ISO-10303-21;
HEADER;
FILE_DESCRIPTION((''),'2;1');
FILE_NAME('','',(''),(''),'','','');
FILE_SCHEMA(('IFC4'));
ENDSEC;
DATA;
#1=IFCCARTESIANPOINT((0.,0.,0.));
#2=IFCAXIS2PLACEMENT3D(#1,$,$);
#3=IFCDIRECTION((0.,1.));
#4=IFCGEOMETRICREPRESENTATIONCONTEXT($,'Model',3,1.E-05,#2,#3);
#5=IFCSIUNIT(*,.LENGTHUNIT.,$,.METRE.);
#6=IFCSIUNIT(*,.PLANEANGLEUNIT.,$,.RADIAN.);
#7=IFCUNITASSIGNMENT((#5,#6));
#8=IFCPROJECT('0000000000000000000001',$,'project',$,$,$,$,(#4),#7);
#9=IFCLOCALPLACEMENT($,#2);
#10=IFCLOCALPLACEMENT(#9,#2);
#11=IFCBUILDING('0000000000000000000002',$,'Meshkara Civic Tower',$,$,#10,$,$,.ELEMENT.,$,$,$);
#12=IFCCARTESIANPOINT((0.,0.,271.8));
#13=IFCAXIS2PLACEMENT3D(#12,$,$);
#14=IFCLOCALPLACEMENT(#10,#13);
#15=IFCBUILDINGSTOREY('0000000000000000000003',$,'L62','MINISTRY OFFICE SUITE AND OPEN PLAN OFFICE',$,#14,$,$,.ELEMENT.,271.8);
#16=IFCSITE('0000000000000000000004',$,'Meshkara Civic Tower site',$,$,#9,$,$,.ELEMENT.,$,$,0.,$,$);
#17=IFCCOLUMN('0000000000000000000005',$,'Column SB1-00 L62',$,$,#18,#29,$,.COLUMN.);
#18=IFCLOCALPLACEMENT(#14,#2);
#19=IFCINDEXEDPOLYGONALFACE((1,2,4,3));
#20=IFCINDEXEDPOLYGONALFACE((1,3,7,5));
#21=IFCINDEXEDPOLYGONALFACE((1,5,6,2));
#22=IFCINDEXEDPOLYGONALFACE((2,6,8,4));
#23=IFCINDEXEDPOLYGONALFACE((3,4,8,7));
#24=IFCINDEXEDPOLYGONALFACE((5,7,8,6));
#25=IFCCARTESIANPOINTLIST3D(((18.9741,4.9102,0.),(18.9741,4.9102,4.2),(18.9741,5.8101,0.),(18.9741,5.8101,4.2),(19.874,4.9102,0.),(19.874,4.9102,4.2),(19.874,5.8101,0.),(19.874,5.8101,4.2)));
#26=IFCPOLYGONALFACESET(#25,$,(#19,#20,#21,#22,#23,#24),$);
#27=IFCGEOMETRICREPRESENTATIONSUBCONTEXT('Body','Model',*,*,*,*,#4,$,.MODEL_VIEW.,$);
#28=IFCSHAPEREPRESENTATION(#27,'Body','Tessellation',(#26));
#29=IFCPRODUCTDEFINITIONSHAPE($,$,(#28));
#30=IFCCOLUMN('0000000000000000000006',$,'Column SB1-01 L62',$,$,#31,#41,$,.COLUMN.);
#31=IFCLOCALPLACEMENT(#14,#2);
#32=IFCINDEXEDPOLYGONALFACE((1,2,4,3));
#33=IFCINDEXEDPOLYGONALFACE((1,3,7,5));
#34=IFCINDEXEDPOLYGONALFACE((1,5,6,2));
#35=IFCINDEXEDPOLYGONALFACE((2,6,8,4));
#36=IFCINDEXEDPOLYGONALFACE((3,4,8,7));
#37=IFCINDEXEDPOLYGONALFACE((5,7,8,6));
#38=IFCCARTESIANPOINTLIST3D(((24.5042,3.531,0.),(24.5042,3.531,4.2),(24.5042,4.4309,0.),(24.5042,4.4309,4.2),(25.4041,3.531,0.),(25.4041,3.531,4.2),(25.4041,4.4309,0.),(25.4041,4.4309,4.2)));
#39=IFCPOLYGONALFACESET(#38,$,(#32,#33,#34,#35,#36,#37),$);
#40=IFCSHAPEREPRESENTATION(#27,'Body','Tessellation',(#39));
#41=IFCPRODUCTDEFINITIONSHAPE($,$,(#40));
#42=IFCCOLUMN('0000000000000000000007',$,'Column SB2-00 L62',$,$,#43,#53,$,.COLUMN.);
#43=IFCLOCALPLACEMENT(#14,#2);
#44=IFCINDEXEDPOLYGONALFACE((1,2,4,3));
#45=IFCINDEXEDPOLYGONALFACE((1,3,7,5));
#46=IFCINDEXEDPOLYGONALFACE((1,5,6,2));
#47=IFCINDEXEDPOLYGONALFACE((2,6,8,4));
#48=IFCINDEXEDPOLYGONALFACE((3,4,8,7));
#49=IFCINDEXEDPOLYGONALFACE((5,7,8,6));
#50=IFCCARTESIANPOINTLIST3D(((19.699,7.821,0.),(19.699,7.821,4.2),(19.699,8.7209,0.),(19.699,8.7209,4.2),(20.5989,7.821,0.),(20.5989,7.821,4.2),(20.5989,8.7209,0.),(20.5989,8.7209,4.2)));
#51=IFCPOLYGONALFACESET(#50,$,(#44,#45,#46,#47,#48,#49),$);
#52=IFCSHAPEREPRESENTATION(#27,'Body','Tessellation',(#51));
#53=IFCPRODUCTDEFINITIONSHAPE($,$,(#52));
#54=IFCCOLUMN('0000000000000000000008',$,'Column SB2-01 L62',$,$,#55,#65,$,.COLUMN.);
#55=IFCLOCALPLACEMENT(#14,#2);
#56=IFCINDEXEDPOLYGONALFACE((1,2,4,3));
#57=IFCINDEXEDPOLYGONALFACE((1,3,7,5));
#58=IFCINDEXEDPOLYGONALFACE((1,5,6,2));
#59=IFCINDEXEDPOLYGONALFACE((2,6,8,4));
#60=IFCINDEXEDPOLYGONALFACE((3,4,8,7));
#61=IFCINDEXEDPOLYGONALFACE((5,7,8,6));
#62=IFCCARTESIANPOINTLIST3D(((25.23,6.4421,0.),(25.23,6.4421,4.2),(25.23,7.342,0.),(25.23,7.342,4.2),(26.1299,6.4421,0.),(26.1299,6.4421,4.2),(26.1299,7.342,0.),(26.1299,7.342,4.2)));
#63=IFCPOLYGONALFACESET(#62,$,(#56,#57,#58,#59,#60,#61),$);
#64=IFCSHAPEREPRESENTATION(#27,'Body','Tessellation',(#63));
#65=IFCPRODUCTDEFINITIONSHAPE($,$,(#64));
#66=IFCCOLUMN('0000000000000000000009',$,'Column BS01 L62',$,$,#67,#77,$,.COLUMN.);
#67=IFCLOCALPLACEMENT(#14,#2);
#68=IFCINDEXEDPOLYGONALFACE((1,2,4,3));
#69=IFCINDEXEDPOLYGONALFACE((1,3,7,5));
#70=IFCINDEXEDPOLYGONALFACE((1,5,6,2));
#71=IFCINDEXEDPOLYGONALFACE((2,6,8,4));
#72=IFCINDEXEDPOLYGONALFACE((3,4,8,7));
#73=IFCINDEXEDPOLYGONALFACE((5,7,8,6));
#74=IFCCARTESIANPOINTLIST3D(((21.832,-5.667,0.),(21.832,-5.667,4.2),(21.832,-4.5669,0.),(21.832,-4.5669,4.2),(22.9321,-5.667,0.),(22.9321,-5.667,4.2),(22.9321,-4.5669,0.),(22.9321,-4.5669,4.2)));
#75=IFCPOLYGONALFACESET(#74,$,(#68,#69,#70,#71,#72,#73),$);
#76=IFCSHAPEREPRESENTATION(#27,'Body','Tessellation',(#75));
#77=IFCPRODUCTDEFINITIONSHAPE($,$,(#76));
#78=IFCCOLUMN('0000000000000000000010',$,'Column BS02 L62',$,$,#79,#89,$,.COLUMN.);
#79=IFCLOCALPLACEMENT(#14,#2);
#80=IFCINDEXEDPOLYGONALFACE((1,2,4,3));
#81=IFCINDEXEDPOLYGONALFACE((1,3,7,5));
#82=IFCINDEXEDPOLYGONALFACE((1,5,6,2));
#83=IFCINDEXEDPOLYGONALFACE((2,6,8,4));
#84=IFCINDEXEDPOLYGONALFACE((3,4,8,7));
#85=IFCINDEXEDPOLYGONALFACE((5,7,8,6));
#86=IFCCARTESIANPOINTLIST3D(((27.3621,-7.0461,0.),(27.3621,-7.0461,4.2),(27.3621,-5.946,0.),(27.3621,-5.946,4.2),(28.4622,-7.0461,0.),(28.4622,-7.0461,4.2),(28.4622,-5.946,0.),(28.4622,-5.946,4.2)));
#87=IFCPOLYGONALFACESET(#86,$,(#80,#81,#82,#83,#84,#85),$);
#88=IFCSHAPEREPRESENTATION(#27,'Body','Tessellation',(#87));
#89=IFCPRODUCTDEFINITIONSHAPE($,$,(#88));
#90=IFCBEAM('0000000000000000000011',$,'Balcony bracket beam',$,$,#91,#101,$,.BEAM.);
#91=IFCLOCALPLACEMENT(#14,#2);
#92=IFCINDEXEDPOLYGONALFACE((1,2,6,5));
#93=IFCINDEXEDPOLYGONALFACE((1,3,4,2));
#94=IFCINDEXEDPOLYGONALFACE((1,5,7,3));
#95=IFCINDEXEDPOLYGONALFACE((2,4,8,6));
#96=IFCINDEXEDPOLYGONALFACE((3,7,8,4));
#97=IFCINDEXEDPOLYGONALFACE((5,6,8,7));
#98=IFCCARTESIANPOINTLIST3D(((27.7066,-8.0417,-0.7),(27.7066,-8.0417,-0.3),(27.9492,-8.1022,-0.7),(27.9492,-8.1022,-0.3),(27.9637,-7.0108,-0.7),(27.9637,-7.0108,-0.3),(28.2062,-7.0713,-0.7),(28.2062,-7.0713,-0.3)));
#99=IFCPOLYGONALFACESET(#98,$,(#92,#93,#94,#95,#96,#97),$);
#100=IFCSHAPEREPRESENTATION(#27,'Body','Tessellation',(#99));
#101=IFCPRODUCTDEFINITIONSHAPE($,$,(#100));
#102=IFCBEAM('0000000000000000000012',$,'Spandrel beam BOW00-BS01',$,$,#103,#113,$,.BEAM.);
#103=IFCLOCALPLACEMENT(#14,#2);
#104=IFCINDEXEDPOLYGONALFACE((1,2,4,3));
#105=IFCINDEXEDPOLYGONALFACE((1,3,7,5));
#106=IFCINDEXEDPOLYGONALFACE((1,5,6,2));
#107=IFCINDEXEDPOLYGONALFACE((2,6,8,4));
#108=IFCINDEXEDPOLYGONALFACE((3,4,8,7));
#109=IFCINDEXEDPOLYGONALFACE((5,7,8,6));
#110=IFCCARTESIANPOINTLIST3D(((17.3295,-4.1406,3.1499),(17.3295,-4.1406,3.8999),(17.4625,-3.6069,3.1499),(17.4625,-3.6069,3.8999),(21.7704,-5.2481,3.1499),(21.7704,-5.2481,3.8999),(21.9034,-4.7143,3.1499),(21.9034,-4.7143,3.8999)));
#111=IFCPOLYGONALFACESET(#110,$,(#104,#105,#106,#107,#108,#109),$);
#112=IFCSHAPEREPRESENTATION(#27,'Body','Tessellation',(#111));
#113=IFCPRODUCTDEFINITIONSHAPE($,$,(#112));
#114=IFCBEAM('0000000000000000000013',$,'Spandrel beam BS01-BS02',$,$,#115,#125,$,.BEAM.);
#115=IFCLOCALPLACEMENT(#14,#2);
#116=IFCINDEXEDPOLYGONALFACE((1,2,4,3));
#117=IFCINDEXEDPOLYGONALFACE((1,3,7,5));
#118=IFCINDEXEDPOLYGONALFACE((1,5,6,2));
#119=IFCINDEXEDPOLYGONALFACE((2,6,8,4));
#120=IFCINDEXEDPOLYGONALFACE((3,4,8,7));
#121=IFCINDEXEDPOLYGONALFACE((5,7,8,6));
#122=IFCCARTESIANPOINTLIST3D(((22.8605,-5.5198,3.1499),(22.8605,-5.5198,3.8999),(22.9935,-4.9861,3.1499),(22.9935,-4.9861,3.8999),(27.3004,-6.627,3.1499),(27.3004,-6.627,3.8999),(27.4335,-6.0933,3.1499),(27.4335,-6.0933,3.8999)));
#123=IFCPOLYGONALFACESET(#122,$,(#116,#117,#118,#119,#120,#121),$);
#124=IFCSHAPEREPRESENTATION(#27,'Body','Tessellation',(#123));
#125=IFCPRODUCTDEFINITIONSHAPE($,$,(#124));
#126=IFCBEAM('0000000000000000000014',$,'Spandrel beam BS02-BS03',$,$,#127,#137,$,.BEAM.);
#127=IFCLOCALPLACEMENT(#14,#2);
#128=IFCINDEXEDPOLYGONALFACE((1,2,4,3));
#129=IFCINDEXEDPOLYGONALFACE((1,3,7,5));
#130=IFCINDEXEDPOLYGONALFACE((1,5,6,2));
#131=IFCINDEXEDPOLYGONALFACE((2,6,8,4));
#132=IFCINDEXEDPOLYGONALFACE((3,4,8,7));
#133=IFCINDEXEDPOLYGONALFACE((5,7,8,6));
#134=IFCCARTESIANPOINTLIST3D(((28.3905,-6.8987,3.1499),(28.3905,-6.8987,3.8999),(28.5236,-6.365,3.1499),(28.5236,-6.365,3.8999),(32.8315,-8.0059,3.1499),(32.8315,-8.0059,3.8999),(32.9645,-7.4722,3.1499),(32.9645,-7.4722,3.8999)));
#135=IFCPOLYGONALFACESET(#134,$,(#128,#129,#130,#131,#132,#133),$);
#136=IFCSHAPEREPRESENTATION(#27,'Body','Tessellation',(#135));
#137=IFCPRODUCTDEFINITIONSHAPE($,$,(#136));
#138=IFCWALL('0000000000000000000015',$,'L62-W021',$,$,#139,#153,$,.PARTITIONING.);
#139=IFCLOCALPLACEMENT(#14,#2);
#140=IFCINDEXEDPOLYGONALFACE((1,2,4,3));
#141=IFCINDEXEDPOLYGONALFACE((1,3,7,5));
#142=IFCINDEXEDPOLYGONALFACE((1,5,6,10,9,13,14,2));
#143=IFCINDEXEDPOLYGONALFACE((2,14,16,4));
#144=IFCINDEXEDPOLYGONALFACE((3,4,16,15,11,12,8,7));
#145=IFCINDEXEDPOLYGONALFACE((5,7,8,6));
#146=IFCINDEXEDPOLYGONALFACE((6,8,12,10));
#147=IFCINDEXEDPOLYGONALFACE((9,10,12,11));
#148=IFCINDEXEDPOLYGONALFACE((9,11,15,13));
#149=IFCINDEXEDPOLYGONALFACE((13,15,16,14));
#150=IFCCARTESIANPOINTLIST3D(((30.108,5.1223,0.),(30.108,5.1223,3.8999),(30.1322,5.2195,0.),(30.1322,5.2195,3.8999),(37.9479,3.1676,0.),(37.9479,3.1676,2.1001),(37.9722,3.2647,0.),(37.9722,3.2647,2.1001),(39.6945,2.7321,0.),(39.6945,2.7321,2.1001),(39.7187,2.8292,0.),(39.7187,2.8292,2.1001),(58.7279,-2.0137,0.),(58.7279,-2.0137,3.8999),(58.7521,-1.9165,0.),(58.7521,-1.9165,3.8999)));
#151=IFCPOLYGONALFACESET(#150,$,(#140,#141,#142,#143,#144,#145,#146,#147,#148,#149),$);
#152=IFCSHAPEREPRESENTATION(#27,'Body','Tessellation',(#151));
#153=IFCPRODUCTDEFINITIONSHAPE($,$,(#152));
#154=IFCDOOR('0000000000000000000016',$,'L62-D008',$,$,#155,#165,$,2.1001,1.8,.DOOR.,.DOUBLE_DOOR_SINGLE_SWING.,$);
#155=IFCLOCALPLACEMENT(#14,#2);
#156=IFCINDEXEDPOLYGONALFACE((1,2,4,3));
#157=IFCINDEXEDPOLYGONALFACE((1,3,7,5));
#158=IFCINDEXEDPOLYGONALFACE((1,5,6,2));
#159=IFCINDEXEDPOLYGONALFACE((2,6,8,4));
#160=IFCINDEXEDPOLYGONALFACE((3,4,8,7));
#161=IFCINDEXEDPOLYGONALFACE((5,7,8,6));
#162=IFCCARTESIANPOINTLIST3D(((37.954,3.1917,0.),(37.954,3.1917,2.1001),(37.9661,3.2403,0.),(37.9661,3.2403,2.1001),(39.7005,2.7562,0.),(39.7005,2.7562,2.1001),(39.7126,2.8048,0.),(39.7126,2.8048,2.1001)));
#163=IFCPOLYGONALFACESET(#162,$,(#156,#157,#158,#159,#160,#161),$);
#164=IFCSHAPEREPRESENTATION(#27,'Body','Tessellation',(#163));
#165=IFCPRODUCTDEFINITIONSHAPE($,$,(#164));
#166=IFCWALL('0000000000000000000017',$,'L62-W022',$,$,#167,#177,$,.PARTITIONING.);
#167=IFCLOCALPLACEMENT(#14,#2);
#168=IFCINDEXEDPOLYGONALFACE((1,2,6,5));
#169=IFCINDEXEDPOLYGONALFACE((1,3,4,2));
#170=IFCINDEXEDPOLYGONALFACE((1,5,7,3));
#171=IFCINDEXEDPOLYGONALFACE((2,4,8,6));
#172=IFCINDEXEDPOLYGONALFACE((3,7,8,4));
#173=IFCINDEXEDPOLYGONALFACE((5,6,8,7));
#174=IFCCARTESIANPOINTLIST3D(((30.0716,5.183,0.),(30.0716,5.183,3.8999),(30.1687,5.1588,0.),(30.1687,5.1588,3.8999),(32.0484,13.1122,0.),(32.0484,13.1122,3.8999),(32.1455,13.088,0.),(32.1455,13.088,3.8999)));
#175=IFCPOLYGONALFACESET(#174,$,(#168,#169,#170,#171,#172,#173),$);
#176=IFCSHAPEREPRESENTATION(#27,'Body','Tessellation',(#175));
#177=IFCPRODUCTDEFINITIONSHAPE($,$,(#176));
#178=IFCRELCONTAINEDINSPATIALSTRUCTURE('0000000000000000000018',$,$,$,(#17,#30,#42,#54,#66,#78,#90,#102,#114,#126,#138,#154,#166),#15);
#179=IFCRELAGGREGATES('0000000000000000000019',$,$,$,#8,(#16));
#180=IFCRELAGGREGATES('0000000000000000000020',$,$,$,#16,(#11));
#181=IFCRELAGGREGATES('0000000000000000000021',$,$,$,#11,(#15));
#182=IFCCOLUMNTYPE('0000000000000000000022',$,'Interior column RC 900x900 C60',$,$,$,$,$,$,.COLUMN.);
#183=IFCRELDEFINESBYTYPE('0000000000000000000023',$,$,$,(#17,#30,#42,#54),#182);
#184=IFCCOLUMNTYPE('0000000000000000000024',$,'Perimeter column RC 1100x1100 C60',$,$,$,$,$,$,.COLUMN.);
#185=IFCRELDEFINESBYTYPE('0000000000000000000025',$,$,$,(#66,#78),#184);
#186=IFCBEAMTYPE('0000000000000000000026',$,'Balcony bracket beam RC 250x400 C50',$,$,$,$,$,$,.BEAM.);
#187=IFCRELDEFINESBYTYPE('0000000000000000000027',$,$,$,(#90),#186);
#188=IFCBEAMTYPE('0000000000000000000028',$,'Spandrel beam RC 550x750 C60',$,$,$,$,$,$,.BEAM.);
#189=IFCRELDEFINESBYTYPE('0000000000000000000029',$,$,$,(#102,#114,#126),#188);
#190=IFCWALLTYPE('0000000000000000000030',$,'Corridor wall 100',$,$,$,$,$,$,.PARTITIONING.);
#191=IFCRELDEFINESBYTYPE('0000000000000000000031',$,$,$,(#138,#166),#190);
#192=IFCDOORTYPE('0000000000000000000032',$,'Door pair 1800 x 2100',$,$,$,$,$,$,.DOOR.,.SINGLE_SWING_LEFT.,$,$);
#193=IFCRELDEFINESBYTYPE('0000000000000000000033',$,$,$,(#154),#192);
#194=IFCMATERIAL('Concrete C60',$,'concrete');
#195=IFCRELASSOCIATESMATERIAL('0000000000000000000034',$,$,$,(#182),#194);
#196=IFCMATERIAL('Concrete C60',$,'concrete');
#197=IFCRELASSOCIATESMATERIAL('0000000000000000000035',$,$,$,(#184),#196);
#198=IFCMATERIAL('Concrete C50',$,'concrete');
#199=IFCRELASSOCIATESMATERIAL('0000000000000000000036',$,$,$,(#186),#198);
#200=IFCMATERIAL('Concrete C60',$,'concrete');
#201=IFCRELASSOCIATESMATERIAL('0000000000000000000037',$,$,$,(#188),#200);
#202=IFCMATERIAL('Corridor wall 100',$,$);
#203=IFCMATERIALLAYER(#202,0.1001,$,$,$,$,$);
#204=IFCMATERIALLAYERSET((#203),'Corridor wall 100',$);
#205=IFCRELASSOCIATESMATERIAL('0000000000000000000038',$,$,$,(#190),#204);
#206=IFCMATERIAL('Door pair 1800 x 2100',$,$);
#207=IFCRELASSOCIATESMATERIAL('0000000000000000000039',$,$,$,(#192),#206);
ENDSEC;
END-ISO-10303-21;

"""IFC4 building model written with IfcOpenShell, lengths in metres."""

from ifc_helpers import new_model, si_unit, direction, frame, frame_2d, origin, origin_2d, place, context, subcontext, project, spatial, rectangle, extrude, material, layer, layer_set, material_profile, profile_set, type_object, element, fill, save


model = new_model("IFC4")

# Units and contexts
model_context = context("Model", 3, precision=1e-05, world=origin(), true_north=direction((0.0, 1.0)))
body_context = subcontext(model_context, "Body", "Model", "MODEL_VIEW")
ifc_project = project(units=[si_unit("LENGTHUNIT", "METRE"), si_unit("PLANEANGLEUNIT", "RADIAN")], contexts=[model_context])

# Site, building, storey
site_placement = place(None, origin())
site = spatial("IfcSite", under=ifc_project, at=site_placement, Name="Meshkara Civic Tower site", CompositionType="ELEMENT", RefElevation=0.0)
building_placement = place(site_placement, origin())
building = spatial("IfcBuilding", under=site, at=building_placement, Name="Meshkara Civic Tower", CompositionType="ELEMENT")
storey_placement = place(building_placement, frame((0.0, 0.0, 271.8)))
storey = spatial("IfcBuildingStorey", under=building, at=storey_placement, Name="L62", Description="MINISTRY OFFICE SUITE AND OPEN PLAN OFFICE", CompositionType="ELEMENT", Elevation=271.8)

# Columns
ifc_material_1 = material(Name="Concrete C60", Category="concrete")
ifc_material_profile_1 = material_profile(ifc_material_1, rectangle(XDim=0.8999, YDim=0.8999, at=origin_2d()))
ifc_profile_set_1 = profile_set([ifc_material_profile_1], Name="Concrete C60")
column_type_1 = type_object("IfcColumnType", Name="Interior column RC 900x900 C60", PredefinedType="COLUMN", material=ifc_profile_set_1)
for number, where, z_axis, x_axis, name in (
    (1, (19.4241, 5.3601, 0.0), (0.0, 0.0, 1.0), (1.0, 0.0, 0.0), "Column SB1-00 L62"),
    (2, (24.9541, 3.981, 0.0), (0.0, 0.0, 1.0), (1.0, 0.0, 0.0), "Column SB1-01 L62"),
    (3, (20.1489, 8.271, 0.0), (0.0, 0.0, 1.0), (1.0, 0.0, 0.0), "Column SB2-00 L62"),
    (4, (25.6799, 6.8921, 0.0), (0.0, 0.0, 1.0), (1.0, 0.0, 0.0), "Column SB2-01 L62"),
):
    element("IfcColumn", number, at=place(storey_placement, frame(where, z_axis=z_axis, x_axis=x_axis)), inside=storey, type_object=column_type_1, Name=name, PredefinedType="COLUMN", context=body_context, shape_type="SweptSolid", body=[
        extrude(rectangle(XDim=0.8999, YDim=0.8999, at=origin_2d()), origin(), (0.0, 0.0, 1.0), 4.2),
    ])
ifc_material_2 = material(Name="Concrete C60", Category="concrete")
ifc_material_profile_2 = material_profile(ifc_material_2, rectangle(XDim=1.1001, YDim=1.1001, at=origin_2d()))
ifc_profile_set_2 = profile_set([ifc_material_profile_2], Name="Concrete C60")
column_type_2 = type_object("IfcColumnType", Name="Perimeter column RC 1100x1100 C60", PredefinedType="COLUMN", material=ifc_profile_set_2)
for number, where, z_axis, x_axis, name in (
    (5, (22.3821, -5.1169, 0.0), (0.0, 0.0, 1.0), (1.0, 0.0, 0.0), "Column BS01 L62"),
    (6, (27.9121, -6.4961, 0.0), (0.0, 0.0, 1.0), (1.0, 0.0, 0.0), "Column BS02 L62"),
):
    element("IfcColumn", number, at=place(storey_placement, frame(where, z_axis=z_axis, x_axis=x_axis)), inside=storey, type_object=column_type_2, Name=name, PredefinedType="COLUMN", context=body_context, shape_type="SweptSolid", body=[
        extrude(rectangle(XDim=1.1001, YDim=1.1001, at=origin_2d()), origin(), (0.0, 0.0, 1.0), 4.2),
    ])

# Beams
ifc_material_3 = material(Name="Concrete C50", Category="concrete")
ifc_material_profile_3 = material_profile(ifc_material_3, rectangle(XDim=0.25, YDim=0.3999, at=origin_2d()))
ifc_profile_set_3 = profile_set([ifc_material_profile_3], Name="Concrete C50")
beam_type_1 = type_object("IfcBeamType", Name="Balcony bracket beam RC 250x400 C50", PredefinedType="BEAM", material=ifc_profile_set_3)
beam_1_placement = place(storey_placement, frame((28.085, -7.041, -0.5), z_axis=(-0.241941, -0.970291, 0.0), x_axis=(0.970291, -0.241941, 0.0)))
element("IfcBeam", 7, at=beam_1_placement, inside=storey, type_object=beam_type_1, Name="Balcony bracket beam", PredefinedType="BEAM", context=body_context, shape_type="SweptSolid", body=[
    extrude(rectangle(XDim=0.25, YDim=0.3999, at=origin_2d()), origin(), (0.0, 0.0, 1.0), 1.0625),
])
ifc_material_4 = material(Name="Concrete C60", Category="concrete")
ifc_material_profile_4 = material_profile(ifc_material_4, rectangle(XDim=0.55, YDim=0.75, at=origin_2d()))
ifc_profile_set_4 = profile_set([ifc_material_profile_4], Name="Concrete C60")
beam_type_2 = type_object("IfcBeamType", Name="Spandrel beam RC 550x750 C60", PredefinedType="BEAM", material=ifc_profile_set_4)
beam_2_placement = place(storey_placement, frame((17.396, -3.8738, 3.5249), z_axis=(0.970287, -0.241958, 0.0), x_axis=(0.241958, 0.970287, 0.0)))
element("IfcBeam", 8, at=beam_2_placement, inside=storey, type_object=beam_type_2, Name="Spandrel beam BOW00-BS01", PredefinedType="BEAM", context=body_context, shape_type="SweptSolid", body=[
    extrude(rectangle(XDim=0.55, YDim=0.75, at=origin_2d()), origin(), (0.0, 0.0, 1.0), 4.5769),
])
beam_3_placement = place(storey_placement, frame((22.927, -5.2529, 3.5249), z_axis=(0.970287, -0.241958, 0.0), x_axis=(0.241958, 0.970287, 0.0)))
element("IfcBeam", 9, at=beam_3_placement, inside=storey, type_object=beam_type_2, Name="Spandrel beam BS01-BS02", PredefinedType="BEAM", context=body_context, shape_type="SweptSolid", body=[
    extrude(rectangle(XDim=0.55, YDim=0.75, at=origin_2d()), origin(), (0.0, 0.0, 1.0), 4.5759),
])
beam_4_placement = place(storey_placement, frame((28.457, -6.6318, 3.5249), z_axis=(0.970299, -0.241908, 0.0), x_axis=(0.241908, 0.970299, 0.0)))
element("IfcBeam", 10, at=beam_4_placement, inside=storey, type_object=beam_type_2, Name="Spandrel beam BS02-BS03", PredefinedType="BEAM", context=body_context, shape_type="SweptSolid", body=[
    extrude(rectangle(XDim=0.55, YDim=0.75, at=origin_2d()), origin(), (0.0, 0.0, 1.0), 4.5769),
])

# Wall, opening, door
ifc_material_5 = material(Name="Corridor wall 100")
ifc_layer_1 = layer(ifc_material_5, 0.1001)
ifc_layer_set_1 = layer_set([ifc_layer_1], Name="Corridor wall 100")
wall_type_1 = type_object("IfcWallType", Name="Corridor wall 100", PredefinedType="PARTITIONING", material=ifc_layer_set_1)
wall_1_placement = place(storey_placement, frame((30.1201, 5.1709, 0.0), z_axis=(0.0, 0.0, 1.0), x_axis=(0.970294, -0.24193, 0.0)))
wall_1 = element("IfcWall", 11, at=wall_1_placement, inside=storey, type_object=wall_type_1, Name="L62-W021", PredefinedType="PARTITIONING", context=body_context, shape_type="SweptSolid", body=[
    extrude(rectangle(XDim=29.4961, YDim=0.1001, at=frame_2d((14.748, 0.0))), origin(), (0.0, 0.0, 1.0), 3.8999),
])
opening_1_placement = place(wall_1_placement, frame((8.0801, 0.0, 0.0)))
opening_1 = element("IfcOpeningElement", 12, at=opening_1_placement, cuts=wall_1, PredefinedType="OPENING", context=body_context, shape_type="SweptSolid", body=[
    extrude(rectangle(XDim=1.8, YDim=2.1001, at=frame_2d((0.8999, 1.05))), frame((0.0, 0.0601, 0.0), z_axis=(0.0, -1.0, 0.0), x_axis=(1.0, 0.0, 0.0)), (0.0, 0.0, 1.0), 0.1201),
])
ifc_material_6 = material(Name="Door pair 1800 x 2100")
door_type_1 = type_object("IfcDoorType", Name="Door pair 1800 x 2100", OperationType="SINGLE_SWING_LEFT", PredefinedType="DOOR", material=ifc_material_6)
door_1_placement = place(opening_1_placement, origin())
door_1 = element("IfcDoor", 13, at=door_1_placement, inside=storey, type_object=door_type_1, Name="L62-D008", OperationType="DOUBLE_DOOR_SINGLE_SWING", OverallHeight=2.1001, OverallWidth=1.8, PredefinedType="DOOR", context=body_context, shape_type="SweptSolid", body=[
    extrude(rectangle(XDim=1.8, YDim=2.1001, at=frame_2d((0.8999, 1.05))), frame((0.0, 0.0249, 0.0), z_axis=(0.0, -1.0, 0.0), x_axis=(1.0, 0.0, 0.0)), (0.0, 0.0, 1.0), 0.05),
])
fill(opening_1, door_1)

# Wall
wall_2_placement = place(storey_placement, frame((30.1201, 5.1709, 0.0), z_axis=(0.0, 0.0, 1.0), x_axis=(0.241903, 0.9703, 0.0)))
element("IfcWall", 14, at=wall_2_placement, inside=storey, type_object=wall_type_1, Name="L62-W022", PredefinedType="PARTITIONING", context=body_context, shape_type="SweptSolid", body=[
    extrude(rectangle(XDim=8.1719, YDim=0.1001, at=frame_2d((4.0859, 0.0))), origin(), (0.0, 0.0, 1.0), 3.8999),
])

save(model, "model.ifc")
